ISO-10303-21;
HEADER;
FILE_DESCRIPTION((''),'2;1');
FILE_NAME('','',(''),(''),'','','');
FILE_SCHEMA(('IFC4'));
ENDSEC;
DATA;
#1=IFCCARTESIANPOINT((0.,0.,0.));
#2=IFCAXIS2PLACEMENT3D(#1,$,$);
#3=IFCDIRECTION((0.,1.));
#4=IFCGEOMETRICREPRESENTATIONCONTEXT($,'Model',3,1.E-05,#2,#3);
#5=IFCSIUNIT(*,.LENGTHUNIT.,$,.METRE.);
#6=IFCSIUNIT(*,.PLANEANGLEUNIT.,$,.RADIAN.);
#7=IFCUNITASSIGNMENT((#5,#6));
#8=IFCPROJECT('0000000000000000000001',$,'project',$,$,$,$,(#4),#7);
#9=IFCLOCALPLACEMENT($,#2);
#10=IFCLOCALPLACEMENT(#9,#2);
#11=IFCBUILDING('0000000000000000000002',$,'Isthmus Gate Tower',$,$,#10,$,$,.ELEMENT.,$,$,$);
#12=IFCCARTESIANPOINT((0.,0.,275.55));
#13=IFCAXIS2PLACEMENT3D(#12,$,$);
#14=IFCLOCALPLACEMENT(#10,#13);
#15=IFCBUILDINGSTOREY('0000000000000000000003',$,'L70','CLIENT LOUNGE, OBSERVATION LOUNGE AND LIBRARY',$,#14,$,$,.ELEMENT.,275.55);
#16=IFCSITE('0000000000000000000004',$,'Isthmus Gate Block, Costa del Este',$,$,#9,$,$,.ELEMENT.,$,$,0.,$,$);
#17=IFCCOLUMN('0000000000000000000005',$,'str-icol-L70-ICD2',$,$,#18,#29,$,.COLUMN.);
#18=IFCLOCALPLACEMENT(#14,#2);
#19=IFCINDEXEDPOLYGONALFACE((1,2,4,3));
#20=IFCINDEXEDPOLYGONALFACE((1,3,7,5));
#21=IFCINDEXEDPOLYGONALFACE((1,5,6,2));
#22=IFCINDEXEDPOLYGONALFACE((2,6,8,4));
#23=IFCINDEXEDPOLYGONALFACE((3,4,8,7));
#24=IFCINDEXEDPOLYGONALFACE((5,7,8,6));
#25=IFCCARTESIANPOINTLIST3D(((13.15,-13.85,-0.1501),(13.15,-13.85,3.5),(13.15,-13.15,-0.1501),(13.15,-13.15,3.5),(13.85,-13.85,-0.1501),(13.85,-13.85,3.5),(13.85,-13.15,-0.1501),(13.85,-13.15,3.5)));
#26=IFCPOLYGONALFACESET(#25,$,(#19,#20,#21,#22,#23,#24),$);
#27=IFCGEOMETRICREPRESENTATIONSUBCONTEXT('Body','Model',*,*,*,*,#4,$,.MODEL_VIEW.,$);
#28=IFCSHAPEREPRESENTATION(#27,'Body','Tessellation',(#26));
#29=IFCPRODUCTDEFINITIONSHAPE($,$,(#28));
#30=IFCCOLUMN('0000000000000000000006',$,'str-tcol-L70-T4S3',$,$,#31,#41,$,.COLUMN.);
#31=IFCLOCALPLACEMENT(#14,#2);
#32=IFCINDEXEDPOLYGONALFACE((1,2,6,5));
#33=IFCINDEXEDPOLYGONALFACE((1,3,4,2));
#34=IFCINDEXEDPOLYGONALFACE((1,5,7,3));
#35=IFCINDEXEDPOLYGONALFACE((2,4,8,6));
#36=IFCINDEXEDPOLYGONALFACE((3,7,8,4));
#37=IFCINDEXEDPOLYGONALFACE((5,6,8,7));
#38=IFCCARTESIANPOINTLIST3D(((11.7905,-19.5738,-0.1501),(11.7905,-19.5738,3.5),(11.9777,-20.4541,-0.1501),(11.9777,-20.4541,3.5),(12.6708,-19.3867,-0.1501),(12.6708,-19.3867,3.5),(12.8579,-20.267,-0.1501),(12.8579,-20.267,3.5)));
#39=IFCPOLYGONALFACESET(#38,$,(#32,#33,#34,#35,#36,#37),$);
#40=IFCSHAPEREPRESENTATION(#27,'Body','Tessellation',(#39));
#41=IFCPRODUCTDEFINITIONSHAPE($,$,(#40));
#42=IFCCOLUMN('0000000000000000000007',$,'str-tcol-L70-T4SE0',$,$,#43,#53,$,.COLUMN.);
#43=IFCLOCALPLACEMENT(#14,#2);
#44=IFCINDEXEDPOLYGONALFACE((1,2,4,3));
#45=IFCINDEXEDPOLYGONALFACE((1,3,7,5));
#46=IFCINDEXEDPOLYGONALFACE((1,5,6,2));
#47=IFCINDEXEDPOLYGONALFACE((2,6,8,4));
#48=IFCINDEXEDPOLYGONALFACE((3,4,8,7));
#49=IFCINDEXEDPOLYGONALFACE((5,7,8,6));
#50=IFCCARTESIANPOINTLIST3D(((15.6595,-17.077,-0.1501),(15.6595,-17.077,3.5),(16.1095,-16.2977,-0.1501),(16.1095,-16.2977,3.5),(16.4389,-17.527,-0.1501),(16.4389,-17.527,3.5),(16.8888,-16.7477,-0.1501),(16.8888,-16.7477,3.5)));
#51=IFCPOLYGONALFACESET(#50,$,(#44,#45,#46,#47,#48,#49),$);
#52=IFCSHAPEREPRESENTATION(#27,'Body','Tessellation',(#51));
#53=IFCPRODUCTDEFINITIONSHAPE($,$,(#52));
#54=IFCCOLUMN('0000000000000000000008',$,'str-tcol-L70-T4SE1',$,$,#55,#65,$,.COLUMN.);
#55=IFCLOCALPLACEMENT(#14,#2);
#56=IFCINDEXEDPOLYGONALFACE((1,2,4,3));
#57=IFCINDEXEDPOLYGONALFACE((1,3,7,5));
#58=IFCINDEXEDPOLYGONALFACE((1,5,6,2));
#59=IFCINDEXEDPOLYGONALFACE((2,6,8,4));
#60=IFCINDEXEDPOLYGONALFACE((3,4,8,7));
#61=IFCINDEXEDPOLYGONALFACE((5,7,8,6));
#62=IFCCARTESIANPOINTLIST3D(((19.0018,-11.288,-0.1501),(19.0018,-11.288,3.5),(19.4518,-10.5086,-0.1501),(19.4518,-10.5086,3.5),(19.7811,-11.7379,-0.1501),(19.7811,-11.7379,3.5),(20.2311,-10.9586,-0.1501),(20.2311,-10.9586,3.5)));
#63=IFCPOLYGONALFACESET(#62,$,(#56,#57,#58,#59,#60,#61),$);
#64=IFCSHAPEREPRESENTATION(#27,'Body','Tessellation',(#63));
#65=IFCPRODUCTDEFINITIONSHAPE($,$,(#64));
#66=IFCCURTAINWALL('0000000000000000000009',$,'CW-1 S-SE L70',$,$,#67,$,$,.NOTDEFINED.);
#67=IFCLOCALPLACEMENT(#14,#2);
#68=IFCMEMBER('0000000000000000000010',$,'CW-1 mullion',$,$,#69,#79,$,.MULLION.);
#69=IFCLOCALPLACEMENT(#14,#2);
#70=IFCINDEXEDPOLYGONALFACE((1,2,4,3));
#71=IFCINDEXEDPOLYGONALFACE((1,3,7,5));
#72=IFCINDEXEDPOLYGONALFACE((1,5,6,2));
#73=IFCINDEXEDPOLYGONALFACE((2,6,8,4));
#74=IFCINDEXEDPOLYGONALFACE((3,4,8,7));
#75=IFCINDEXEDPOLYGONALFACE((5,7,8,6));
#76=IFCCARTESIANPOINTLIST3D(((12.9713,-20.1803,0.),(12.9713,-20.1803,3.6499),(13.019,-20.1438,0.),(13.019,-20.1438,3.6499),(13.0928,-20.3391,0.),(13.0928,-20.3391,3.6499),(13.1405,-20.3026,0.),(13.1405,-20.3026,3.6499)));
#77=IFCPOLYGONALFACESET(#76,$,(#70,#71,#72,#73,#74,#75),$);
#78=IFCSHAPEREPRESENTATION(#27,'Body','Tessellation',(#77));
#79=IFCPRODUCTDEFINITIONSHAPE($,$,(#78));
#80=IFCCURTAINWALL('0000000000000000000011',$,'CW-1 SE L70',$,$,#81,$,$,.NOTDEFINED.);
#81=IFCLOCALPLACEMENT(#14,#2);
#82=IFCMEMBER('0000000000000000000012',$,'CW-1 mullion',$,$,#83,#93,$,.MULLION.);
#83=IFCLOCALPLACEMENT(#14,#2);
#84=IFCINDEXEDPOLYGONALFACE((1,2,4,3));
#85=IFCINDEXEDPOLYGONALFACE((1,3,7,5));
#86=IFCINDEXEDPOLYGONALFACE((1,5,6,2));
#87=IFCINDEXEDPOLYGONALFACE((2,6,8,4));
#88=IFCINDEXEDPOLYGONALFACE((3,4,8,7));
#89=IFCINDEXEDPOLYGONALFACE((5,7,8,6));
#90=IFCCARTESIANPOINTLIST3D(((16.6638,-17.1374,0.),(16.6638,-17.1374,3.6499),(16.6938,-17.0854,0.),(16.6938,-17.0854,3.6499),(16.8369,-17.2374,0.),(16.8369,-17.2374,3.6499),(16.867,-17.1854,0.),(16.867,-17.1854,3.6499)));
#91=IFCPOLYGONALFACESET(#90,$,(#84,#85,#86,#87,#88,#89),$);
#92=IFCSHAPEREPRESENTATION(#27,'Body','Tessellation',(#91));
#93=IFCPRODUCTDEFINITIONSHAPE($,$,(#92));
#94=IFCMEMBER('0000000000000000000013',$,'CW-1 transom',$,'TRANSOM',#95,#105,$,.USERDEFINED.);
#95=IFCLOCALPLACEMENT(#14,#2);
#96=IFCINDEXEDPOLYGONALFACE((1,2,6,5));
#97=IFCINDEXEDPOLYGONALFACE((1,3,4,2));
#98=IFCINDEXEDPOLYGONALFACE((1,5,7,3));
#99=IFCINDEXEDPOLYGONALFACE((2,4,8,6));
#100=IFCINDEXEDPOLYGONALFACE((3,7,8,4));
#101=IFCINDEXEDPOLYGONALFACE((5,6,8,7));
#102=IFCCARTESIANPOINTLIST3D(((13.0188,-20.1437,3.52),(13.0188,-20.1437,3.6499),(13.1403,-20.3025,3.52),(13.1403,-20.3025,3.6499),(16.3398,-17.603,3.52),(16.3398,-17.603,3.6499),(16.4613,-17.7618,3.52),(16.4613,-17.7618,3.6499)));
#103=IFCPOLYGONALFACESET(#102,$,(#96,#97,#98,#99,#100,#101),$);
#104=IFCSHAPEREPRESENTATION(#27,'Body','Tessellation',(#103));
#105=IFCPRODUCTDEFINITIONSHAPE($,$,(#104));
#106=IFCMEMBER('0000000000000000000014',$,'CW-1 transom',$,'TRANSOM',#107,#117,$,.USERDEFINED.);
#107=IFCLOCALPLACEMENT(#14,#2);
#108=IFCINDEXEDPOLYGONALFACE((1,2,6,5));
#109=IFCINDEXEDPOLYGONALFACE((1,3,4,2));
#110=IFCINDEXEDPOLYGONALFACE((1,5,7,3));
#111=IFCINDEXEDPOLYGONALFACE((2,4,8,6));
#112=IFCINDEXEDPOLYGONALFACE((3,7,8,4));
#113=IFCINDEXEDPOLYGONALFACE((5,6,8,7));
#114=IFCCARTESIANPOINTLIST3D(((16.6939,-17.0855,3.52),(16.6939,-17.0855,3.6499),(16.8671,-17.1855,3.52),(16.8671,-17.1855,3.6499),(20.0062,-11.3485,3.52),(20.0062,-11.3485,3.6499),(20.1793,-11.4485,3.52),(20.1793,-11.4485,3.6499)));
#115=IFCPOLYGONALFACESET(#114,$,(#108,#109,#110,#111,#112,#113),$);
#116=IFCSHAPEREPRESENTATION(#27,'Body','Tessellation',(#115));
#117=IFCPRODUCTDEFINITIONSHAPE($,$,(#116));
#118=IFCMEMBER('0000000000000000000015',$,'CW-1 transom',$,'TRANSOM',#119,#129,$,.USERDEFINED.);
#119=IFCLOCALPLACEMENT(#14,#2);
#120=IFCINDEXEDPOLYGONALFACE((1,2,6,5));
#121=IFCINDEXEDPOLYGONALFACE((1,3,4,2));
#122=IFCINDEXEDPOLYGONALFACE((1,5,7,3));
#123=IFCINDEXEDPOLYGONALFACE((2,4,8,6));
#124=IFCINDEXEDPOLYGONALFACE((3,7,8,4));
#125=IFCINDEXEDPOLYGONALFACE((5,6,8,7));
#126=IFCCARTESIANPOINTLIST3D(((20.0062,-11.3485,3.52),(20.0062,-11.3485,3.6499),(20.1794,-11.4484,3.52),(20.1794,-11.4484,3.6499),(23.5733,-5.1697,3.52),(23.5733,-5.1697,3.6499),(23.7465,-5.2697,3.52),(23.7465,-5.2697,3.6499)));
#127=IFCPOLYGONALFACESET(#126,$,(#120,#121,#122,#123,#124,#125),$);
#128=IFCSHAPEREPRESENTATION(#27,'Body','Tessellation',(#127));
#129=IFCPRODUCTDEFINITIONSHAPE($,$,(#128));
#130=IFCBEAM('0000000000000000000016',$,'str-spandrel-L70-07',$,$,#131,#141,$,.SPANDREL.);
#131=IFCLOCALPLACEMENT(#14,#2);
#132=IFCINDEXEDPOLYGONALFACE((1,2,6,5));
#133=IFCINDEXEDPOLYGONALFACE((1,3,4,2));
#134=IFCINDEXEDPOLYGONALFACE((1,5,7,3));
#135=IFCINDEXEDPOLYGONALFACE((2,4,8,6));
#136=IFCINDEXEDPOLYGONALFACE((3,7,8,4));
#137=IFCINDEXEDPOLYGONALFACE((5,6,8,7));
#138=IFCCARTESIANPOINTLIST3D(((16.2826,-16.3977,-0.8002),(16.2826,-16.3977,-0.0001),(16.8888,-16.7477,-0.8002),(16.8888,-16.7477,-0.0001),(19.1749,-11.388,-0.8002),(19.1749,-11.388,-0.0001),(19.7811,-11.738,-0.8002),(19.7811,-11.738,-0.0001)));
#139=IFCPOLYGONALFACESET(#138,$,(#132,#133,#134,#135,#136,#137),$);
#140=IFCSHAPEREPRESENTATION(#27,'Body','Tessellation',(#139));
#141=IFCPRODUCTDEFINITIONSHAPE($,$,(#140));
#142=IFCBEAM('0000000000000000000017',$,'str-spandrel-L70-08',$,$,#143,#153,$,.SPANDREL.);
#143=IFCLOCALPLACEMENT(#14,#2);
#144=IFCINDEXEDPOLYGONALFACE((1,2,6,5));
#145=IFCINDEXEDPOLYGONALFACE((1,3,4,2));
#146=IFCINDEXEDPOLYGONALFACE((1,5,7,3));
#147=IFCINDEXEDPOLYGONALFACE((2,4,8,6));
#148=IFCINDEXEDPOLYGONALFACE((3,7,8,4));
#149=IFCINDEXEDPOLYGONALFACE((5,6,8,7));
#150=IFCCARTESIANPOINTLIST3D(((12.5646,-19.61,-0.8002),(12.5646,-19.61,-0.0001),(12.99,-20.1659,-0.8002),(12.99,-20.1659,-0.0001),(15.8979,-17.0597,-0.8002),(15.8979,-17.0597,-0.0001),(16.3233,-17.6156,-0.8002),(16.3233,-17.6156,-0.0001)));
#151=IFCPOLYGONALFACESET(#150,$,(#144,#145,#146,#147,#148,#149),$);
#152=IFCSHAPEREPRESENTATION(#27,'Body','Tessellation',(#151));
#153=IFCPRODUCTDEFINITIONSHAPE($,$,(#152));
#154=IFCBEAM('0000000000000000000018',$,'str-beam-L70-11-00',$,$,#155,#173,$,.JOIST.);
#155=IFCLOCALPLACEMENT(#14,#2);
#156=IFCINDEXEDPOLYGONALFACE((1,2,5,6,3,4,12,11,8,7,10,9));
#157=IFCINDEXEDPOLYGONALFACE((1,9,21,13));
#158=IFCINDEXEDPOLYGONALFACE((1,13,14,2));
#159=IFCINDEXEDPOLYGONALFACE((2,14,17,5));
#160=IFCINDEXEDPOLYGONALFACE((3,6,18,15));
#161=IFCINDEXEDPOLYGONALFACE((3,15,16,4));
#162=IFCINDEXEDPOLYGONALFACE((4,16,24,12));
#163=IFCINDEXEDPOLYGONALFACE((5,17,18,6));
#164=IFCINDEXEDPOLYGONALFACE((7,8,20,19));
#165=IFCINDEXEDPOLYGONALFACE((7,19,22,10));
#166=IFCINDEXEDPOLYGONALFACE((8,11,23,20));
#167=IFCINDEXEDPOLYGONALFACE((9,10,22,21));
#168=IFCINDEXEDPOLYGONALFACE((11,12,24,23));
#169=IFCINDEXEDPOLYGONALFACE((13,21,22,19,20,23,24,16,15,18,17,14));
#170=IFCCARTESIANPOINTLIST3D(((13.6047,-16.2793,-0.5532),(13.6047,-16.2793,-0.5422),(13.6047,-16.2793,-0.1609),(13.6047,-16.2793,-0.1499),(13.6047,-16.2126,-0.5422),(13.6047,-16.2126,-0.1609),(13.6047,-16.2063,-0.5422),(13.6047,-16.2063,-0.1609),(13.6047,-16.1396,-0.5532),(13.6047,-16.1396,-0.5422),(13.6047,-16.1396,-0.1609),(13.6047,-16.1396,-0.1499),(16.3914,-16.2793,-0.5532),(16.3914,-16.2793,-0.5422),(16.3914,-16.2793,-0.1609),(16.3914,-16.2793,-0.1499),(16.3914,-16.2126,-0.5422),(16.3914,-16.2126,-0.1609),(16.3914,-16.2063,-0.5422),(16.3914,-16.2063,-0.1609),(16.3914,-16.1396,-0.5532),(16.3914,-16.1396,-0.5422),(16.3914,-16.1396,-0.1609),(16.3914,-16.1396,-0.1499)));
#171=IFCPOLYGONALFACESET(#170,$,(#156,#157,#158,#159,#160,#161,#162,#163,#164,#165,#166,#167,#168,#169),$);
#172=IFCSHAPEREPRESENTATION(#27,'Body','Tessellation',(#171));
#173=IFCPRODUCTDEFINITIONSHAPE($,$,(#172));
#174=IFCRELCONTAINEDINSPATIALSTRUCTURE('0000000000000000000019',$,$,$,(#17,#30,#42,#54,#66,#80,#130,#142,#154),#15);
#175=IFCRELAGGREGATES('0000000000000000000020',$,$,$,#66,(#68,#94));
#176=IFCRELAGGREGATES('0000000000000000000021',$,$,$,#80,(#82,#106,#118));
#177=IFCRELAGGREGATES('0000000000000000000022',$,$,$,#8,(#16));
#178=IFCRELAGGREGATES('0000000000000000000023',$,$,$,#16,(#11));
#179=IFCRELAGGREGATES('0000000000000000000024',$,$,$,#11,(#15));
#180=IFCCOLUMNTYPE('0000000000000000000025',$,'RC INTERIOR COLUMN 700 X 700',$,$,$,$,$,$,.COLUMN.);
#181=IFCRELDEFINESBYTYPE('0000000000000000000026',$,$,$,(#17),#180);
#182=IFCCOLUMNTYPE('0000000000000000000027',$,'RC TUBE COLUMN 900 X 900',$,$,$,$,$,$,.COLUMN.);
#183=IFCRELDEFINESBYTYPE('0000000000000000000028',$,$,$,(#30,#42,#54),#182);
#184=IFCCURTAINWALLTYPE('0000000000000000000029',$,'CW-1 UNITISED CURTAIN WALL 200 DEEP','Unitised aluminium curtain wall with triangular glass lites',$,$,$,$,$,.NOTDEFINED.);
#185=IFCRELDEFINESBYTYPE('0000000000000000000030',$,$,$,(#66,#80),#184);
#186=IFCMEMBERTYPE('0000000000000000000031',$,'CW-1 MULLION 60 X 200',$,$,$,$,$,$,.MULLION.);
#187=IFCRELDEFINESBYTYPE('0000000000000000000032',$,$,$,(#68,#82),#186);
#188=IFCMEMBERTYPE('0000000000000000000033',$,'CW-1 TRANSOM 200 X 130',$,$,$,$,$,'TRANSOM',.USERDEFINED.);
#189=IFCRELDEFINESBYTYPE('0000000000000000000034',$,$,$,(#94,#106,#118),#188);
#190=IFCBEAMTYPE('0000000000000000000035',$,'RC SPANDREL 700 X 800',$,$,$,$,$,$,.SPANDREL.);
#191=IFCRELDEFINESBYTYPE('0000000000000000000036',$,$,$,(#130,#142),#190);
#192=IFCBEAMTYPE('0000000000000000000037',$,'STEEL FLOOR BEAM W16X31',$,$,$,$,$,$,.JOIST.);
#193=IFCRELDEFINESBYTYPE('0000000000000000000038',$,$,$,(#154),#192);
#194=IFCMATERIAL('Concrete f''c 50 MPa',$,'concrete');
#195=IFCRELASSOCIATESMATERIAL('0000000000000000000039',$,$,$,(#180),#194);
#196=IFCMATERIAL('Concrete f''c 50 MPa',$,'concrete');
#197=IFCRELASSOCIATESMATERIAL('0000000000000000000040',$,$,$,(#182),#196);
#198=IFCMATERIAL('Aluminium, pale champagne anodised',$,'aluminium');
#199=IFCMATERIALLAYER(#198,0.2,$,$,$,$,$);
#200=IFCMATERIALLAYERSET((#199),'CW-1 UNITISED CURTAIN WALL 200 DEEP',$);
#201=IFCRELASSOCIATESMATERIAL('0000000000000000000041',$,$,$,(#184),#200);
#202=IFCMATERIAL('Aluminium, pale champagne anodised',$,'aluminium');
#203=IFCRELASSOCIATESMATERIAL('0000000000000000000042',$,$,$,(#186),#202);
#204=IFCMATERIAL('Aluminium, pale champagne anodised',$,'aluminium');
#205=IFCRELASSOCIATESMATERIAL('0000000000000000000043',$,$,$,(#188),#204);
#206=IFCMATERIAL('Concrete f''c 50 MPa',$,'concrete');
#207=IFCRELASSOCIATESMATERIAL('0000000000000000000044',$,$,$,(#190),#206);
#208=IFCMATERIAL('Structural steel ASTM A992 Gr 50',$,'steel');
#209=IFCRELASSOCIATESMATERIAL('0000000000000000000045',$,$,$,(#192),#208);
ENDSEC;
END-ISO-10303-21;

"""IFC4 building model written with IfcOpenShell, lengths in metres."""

from ifc_helpers import new_model, si_unit, direction, frame, origin, origin_2d, place, context, subcontext, project, spatial, rectangle, i_section, extrude, material, layer, layer_set, material_profile, profile_set, type_object, element, aggregate, save


model = new_model("IFC4")

# Units and contexts
model_context = context("Model", 3, precision=1e-05, world=origin(), true_north=direction((0.0, 1.0)))
body_context = subcontext(model_context, "Body", "Model", "MODEL_VIEW")
ifc_project = project(units=[si_unit("LENGTHUNIT", "METRE"), si_unit("PLANEANGLEUNIT", "RADIAN")], contexts=[model_context])

# Site, building, storey
site_placement = place(None, origin())
site = spatial("IfcSite", under=ifc_project, at=site_placement, Name="Isthmus Gate Block, Costa del Este", CompositionType="ELEMENT", RefElevation=0.0)
building_placement = place(site_placement, origin())
building = spatial("IfcBuilding", under=site, at=building_placement, Name="Isthmus Gate Tower", CompositionType="ELEMENT")
storey_placement = place(building_placement, frame((0.0, 0.0, 275.55)))
storey = spatial("IfcBuildingStorey", under=building, at=storey_placement, Name="L70", Description="CLIENT LOUNGE, OBSERVATION LOUNGE AND LIBRARY", CompositionType="ELEMENT", Elevation=275.55)

# Columns
ifc_material_1 = material(Name="Concrete f'c 50 MPa", Category="concrete")
ifc_material_profile_1 = material_profile(ifc_material_1, rectangle(XDim=0.7, YDim=0.7, at=origin_2d()), Name="RC 700X700")
ifc_profile_set_1 = profile_set([ifc_material_profile_1], Name="Concrete f'c 50 MPa")
column_type_1 = type_object("IfcColumnType", Name="RC INTERIOR COLUMN 700 X 700", PredefinedType="COLUMN", material=ifc_profile_set_1)
column_placement = place(storey_placement, frame((13.5, -13.5, -0.1501), z_axis=(0.0, 0.0, 1.0), x_axis=(1.0, 0.0, 0.0)))
element("IfcColumn", 1, at=column_placement, inside=storey, type_object=column_type_1, Name="str-icol-L70-ICD2", PredefinedType="COLUMN", context=body_context, shape_type="SweptSolid", body=[
    extrude(rectangle(XDim=0.7, YDim=0.7, at=origin_2d()), origin(), (0.0, 0.0, 1.0), 3.6501),
])
ifc_material_2 = material(Name="Concrete f'c 50 MPa", Category="concrete")
ifc_material_profile_2 = material_profile(ifc_material_2, rectangle(XDim=0.8999, YDim=0.8999, at=origin_2d()), Name="RC 900X900")
ifc_profile_set_2 = profile_set([ifc_material_profile_2], Name="Concrete f'c 50 MPa")
column_type_2 = type_object("IfcColumnType", Name="RC TUBE COLUMN 900 X 900", PredefinedType="COLUMN", material=ifc_profile_set_2)
for number, where, z_axis, x_axis, name in (
    (2, (12.3242, -19.9204, -0.1501), (0.0, 0.0, 1.0), (0.978148, 0.207912, 0.0), "str-tcol-L70-T4S3"),
    (3, (16.2742, -16.9124, -0.1501), (0.0, 0.0, 1.0), (0.5, 0.866025, 0.0), "str-tcol-L70-T4SE0"),
    (4, (19.6165, -11.1233, -0.1501), (0.0, 0.0, 1.0), (0.5, 0.866025, 0.0), "str-tcol-L70-T4SE1"),
):
    element("IfcColumn", number, at=place(storey_placement, frame(where, z_axis=z_axis, x_axis=x_axis)), inside=storey, type_object=column_type_2, Name=name, PredefinedType="COLUMN", context=body_context, shape_type="SweptSolid", body=[
        extrude(rectangle(XDim=0.8999, YDim=0.8999, at=origin_2d()), origin(), (0.0, 0.0, 1.0), 3.6501),
    ])

# Curtain walls, members
ifc_material_3 = material(Name="Aluminium, pale champagne anodised", Category="aluminium")
ifc_layer_1 = layer(ifc_material_3, 0.2)
ifc_layer_set_1 = layer_set([ifc_layer_1], Name="CW-1 UNITISED CURTAIN WALL 200 DEEP")
curtain_wall_type = type_object("IfcCurtainWallType", Name="CW-1 UNITISED CURTAIN WALL 200 DEEP", Description="Unitised aluminium curtain wall with triangular glass lites", PredefinedType="NOTDEFINED", material=ifc_layer_set_1)
curtain_wall_1_placement = place(storey_placement, origin())
curtain_wall_1 = element("IfcCurtainWall", 5, at=curtain_wall_1_placement, inside=storey, type_object=curtain_wall_type, Name="CW-1 S-SE L70", PredefinedType="NOTDEFINED")
ifc_material_4 = material(Name="Aluminium, pale champagne anodised", Category="aluminium")
ifc_material_profile_3 = material_profile(ifc_material_4, rectangle(XDim=0.0601, YDim=0.2, at=origin_2d()), Name="60x200")
ifc_profile_set_3 = profile_set([ifc_material_profile_3], Name="Aluminium, pale champagne anodised")
member_type_1 = type_object("IfcMemberType", Name="CW-1 MULLION 60 X 200", PredefinedType="MULLION", material=ifc_profile_set_3)
member_1_placement = place(storey_placement, frame((13.0559, -20.2415, 0.0), z_axis=(0.0, 0.0, 1.0), x_axis=(0.794189, 0.607671, 0.0)))
member_1 = element("IfcMember", 6, at=member_1_placement, type_object=member_type_1, Name="CW-1 mullion", PredefinedType="MULLION", context=body_context, shape_type="SweptSolid", body=[
    extrude(rectangle(XDim=0.0601, YDim=0.2, at=origin_2d()), origin(), (0.0, 0.0, 1.0), 3.6499),
])
curtain_wall_2_placement = place(storey_placement, origin())
curtain_wall_2 = element("IfcCurtainWall", 7, at=curtain_wall_2_placement, inside=storey, type_object=curtain_wall_type, Name="CW-1 SE L70", PredefinedType="NOTDEFINED")
member_2_placement = place(storey_placement, frame((16.7654, -17.1614, 0.0), z_axis=(0.0, 0.0, 1.0), x_axis=(0.5, 0.866025, 0.0)))
member_2 = element("IfcMember", 8, at=member_2_placement, type_object=member_type_1, Name="CW-1 mullion", PredefinedType="MULLION", context=body_context, shape_type="SweptSolid", body=[
    extrude(rectangle(XDim=0.0601, YDim=0.2, at=origin_2d()), origin(), (0.0, 0.0, 1.0), 3.6499),
])

# Members
ifc_material_5 = material(Name="Aluminium, pale champagne anodised", Category="aluminium")
ifc_material_profile_4 = material_profile(ifc_material_5, rectangle(XDim=0.2, YDim=0.1299, at=origin_2d()), Name="200x130")
ifc_profile_set_4 = profile_set([ifc_material_profile_4], Name="Aluminium, pale champagne anodised")
member_type_2 = type_object("IfcMemberType", Name="CW-1 TRANSOM 200 X 130", ElementType="TRANSOM", PredefinedType="USERDEFINED", material=ifc_profile_set_4)
member_3_placement = place(storey_placement, frame((13.0796, -20.2231, 3.585), z_axis=(0.794225, 0.607623, 0.0), x_axis=(-0.607623, 0.794225, 0.0)))
member_3 = element("IfcMember", 9, at=member_3_placement, type_object=member_type_2, Name="CW-1 transom", ObjectType="TRANSOM", PredefinedType="USERDEFINED", context=body_context, shape_type="SweptSolid", body=[
    extrude(rectangle(XDim=0.2, YDim=0.1299, at=origin_2d()), origin(), (0.0, 0.0, 1.0), 4.1814),
])
member_4_placement = place(storey_placement, frame((16.7805, -17.1355, 3.585), z_axis=(0.499996, 0.866028, 0.0), x_axis=(-0.866028, 0.499996, 0.0)))
member_4 = element("IfcMember", 10, at=member_4_placement, type_object=member_type_2, Name="CW-1 transom", ObjectType="TRANSOM", PredefinedType="USERDEFINED", context=body_context, shape_type="SweptSolid", body=[
    extrude(rectangle(XDim=0.2, YDim=0.1299, at=origin_2d()), origin(), (0.0, 0.0, 1.0), 6.6245),
])
member_5_placement = place(storey_placement, frame((20.0928, -11.3984, 3.585), z_axis=(0.499985, 0.866034, 0.0), x_axis=(-0.866034, 0.499985, 0.0)))
member_5 = element("IfcMember", 11, at=member_5_placement, type_object=member_type_2, Name="CW-1 transom", ObjectType="TRANSOM", PredefinedType="USERDEFINED", context=body_context, shape_type="SweptSolid", body=[
    extrude(rectangle(XDim=0.2, YDim=0.1299, at=origin_2d()), origin(), (0.0, 0.0, 1.0), 7.1345),
])

# Beams
ifc_material_6 = material(Name="Concrete f'c 50 MPa", Category="concrete")
ifc_material_profile_5 = material_profile(ifc_material_6, rectangle(XDim=0.7, YDim=0.8, at=origin_2d()), Name="RC 700X800")
ifc_profile_set_5 = profile_set([ifc_material_profile_5], Name="Concrete f'c 50 MPa")
beam_type_1 = type_object("IfcBeamType", Name="RC SPANDREL 700 X 800", PredefinedType="SPANDREL", material=ifc_profile_set_5)
beam_1_placement = place(storey_placement, frame((19.478, -11.563, -0.4001), z_axis=(-0.499993, -0.86603, 0.0), x_axis=(0.86603, -0.499993, 0.0)))
element("IfcBeam", 12, at=beam_1_placement, inside=storey, type_object=beam_type_1, Name="str-spandrel-L70-07", PredefinedType="SPANDREL", context=body_context, shape_type="SweptSolid", body=[
    extrude(rectangle(XDim=0.7, YDim=0.8, at=origin_2d()), origin(), (0.0, 0.0, 1.0), 5.7847),
])
beam_2_placement = place(storey_placement, frame((16.1106, -17.3376, -0.4001), z_axis=(-0.794204, -0.607651, 0.0), x_axis=(0.607651, -0.794204, 0.0)))
element("IfcBeam", 13, at=beam_2_placement, inside=storey, type_object=beam_type_1, Name="str-spandrel-L70-08", PredefinedType="SPANDREL", context=body_context, shape_type="SweptSolid", body=[
    extrude(rectangle(XDim=0.7, YDim=0.8, at=origin_2d()), origin(), (0.0, 0.0, 1.0), 4.197),
])
ifc_material_7 = material(Name="Structural steel ASTM A992 Gr 50", Category="steel")
ifc_material_profile_6 = material_profile(ifc_material_7, i_section(OverallWidth=0.1396, OverallDepth=0.4033, WebThickness=0.0063, FlangeThickness=0.011, at=origin_2d()), Name="W16X31")
ifc_profile_set_6 = profile_set([ifc_material_profile_6], Name="Structural steel ASTM A992 Gr 50")
beam_type_2 = type_object("IfcBeamType", Name="STEEL FLOOR BEAM W16X31", PredefinedType="JOIST", material=ifc_profile_set_6)
beam_3_placement = place(storey_placement, frame((13.6047, -16.2095, -0.3516), z_axis=(1.0, 0.0, 0.0), x_axis=(0.0, 1.0, 0.0)))
element("IfcBeam", 14, at=beam_3_placement, inside=storey, type_object=beam_type_2, Name="str-beam-L70-11-00", PredefinedType="JOIST", context=body_context, shape_type="SweptSolid", body=[
    extrude(i_section(OverallWidth=0.1396, OverallDepth=0.4033, WebThickness=0.0063, FlangeThickness=0.011, at=origin_2d()), origin(), (0.0, 0.0, 1.0), 2.7866),
])

aggregate(curtain_wall_1, [member_1, member_3])
aggregate(curtain_wall_2, [member_2, member_4, member_5])

save(model, "model.ifc")
